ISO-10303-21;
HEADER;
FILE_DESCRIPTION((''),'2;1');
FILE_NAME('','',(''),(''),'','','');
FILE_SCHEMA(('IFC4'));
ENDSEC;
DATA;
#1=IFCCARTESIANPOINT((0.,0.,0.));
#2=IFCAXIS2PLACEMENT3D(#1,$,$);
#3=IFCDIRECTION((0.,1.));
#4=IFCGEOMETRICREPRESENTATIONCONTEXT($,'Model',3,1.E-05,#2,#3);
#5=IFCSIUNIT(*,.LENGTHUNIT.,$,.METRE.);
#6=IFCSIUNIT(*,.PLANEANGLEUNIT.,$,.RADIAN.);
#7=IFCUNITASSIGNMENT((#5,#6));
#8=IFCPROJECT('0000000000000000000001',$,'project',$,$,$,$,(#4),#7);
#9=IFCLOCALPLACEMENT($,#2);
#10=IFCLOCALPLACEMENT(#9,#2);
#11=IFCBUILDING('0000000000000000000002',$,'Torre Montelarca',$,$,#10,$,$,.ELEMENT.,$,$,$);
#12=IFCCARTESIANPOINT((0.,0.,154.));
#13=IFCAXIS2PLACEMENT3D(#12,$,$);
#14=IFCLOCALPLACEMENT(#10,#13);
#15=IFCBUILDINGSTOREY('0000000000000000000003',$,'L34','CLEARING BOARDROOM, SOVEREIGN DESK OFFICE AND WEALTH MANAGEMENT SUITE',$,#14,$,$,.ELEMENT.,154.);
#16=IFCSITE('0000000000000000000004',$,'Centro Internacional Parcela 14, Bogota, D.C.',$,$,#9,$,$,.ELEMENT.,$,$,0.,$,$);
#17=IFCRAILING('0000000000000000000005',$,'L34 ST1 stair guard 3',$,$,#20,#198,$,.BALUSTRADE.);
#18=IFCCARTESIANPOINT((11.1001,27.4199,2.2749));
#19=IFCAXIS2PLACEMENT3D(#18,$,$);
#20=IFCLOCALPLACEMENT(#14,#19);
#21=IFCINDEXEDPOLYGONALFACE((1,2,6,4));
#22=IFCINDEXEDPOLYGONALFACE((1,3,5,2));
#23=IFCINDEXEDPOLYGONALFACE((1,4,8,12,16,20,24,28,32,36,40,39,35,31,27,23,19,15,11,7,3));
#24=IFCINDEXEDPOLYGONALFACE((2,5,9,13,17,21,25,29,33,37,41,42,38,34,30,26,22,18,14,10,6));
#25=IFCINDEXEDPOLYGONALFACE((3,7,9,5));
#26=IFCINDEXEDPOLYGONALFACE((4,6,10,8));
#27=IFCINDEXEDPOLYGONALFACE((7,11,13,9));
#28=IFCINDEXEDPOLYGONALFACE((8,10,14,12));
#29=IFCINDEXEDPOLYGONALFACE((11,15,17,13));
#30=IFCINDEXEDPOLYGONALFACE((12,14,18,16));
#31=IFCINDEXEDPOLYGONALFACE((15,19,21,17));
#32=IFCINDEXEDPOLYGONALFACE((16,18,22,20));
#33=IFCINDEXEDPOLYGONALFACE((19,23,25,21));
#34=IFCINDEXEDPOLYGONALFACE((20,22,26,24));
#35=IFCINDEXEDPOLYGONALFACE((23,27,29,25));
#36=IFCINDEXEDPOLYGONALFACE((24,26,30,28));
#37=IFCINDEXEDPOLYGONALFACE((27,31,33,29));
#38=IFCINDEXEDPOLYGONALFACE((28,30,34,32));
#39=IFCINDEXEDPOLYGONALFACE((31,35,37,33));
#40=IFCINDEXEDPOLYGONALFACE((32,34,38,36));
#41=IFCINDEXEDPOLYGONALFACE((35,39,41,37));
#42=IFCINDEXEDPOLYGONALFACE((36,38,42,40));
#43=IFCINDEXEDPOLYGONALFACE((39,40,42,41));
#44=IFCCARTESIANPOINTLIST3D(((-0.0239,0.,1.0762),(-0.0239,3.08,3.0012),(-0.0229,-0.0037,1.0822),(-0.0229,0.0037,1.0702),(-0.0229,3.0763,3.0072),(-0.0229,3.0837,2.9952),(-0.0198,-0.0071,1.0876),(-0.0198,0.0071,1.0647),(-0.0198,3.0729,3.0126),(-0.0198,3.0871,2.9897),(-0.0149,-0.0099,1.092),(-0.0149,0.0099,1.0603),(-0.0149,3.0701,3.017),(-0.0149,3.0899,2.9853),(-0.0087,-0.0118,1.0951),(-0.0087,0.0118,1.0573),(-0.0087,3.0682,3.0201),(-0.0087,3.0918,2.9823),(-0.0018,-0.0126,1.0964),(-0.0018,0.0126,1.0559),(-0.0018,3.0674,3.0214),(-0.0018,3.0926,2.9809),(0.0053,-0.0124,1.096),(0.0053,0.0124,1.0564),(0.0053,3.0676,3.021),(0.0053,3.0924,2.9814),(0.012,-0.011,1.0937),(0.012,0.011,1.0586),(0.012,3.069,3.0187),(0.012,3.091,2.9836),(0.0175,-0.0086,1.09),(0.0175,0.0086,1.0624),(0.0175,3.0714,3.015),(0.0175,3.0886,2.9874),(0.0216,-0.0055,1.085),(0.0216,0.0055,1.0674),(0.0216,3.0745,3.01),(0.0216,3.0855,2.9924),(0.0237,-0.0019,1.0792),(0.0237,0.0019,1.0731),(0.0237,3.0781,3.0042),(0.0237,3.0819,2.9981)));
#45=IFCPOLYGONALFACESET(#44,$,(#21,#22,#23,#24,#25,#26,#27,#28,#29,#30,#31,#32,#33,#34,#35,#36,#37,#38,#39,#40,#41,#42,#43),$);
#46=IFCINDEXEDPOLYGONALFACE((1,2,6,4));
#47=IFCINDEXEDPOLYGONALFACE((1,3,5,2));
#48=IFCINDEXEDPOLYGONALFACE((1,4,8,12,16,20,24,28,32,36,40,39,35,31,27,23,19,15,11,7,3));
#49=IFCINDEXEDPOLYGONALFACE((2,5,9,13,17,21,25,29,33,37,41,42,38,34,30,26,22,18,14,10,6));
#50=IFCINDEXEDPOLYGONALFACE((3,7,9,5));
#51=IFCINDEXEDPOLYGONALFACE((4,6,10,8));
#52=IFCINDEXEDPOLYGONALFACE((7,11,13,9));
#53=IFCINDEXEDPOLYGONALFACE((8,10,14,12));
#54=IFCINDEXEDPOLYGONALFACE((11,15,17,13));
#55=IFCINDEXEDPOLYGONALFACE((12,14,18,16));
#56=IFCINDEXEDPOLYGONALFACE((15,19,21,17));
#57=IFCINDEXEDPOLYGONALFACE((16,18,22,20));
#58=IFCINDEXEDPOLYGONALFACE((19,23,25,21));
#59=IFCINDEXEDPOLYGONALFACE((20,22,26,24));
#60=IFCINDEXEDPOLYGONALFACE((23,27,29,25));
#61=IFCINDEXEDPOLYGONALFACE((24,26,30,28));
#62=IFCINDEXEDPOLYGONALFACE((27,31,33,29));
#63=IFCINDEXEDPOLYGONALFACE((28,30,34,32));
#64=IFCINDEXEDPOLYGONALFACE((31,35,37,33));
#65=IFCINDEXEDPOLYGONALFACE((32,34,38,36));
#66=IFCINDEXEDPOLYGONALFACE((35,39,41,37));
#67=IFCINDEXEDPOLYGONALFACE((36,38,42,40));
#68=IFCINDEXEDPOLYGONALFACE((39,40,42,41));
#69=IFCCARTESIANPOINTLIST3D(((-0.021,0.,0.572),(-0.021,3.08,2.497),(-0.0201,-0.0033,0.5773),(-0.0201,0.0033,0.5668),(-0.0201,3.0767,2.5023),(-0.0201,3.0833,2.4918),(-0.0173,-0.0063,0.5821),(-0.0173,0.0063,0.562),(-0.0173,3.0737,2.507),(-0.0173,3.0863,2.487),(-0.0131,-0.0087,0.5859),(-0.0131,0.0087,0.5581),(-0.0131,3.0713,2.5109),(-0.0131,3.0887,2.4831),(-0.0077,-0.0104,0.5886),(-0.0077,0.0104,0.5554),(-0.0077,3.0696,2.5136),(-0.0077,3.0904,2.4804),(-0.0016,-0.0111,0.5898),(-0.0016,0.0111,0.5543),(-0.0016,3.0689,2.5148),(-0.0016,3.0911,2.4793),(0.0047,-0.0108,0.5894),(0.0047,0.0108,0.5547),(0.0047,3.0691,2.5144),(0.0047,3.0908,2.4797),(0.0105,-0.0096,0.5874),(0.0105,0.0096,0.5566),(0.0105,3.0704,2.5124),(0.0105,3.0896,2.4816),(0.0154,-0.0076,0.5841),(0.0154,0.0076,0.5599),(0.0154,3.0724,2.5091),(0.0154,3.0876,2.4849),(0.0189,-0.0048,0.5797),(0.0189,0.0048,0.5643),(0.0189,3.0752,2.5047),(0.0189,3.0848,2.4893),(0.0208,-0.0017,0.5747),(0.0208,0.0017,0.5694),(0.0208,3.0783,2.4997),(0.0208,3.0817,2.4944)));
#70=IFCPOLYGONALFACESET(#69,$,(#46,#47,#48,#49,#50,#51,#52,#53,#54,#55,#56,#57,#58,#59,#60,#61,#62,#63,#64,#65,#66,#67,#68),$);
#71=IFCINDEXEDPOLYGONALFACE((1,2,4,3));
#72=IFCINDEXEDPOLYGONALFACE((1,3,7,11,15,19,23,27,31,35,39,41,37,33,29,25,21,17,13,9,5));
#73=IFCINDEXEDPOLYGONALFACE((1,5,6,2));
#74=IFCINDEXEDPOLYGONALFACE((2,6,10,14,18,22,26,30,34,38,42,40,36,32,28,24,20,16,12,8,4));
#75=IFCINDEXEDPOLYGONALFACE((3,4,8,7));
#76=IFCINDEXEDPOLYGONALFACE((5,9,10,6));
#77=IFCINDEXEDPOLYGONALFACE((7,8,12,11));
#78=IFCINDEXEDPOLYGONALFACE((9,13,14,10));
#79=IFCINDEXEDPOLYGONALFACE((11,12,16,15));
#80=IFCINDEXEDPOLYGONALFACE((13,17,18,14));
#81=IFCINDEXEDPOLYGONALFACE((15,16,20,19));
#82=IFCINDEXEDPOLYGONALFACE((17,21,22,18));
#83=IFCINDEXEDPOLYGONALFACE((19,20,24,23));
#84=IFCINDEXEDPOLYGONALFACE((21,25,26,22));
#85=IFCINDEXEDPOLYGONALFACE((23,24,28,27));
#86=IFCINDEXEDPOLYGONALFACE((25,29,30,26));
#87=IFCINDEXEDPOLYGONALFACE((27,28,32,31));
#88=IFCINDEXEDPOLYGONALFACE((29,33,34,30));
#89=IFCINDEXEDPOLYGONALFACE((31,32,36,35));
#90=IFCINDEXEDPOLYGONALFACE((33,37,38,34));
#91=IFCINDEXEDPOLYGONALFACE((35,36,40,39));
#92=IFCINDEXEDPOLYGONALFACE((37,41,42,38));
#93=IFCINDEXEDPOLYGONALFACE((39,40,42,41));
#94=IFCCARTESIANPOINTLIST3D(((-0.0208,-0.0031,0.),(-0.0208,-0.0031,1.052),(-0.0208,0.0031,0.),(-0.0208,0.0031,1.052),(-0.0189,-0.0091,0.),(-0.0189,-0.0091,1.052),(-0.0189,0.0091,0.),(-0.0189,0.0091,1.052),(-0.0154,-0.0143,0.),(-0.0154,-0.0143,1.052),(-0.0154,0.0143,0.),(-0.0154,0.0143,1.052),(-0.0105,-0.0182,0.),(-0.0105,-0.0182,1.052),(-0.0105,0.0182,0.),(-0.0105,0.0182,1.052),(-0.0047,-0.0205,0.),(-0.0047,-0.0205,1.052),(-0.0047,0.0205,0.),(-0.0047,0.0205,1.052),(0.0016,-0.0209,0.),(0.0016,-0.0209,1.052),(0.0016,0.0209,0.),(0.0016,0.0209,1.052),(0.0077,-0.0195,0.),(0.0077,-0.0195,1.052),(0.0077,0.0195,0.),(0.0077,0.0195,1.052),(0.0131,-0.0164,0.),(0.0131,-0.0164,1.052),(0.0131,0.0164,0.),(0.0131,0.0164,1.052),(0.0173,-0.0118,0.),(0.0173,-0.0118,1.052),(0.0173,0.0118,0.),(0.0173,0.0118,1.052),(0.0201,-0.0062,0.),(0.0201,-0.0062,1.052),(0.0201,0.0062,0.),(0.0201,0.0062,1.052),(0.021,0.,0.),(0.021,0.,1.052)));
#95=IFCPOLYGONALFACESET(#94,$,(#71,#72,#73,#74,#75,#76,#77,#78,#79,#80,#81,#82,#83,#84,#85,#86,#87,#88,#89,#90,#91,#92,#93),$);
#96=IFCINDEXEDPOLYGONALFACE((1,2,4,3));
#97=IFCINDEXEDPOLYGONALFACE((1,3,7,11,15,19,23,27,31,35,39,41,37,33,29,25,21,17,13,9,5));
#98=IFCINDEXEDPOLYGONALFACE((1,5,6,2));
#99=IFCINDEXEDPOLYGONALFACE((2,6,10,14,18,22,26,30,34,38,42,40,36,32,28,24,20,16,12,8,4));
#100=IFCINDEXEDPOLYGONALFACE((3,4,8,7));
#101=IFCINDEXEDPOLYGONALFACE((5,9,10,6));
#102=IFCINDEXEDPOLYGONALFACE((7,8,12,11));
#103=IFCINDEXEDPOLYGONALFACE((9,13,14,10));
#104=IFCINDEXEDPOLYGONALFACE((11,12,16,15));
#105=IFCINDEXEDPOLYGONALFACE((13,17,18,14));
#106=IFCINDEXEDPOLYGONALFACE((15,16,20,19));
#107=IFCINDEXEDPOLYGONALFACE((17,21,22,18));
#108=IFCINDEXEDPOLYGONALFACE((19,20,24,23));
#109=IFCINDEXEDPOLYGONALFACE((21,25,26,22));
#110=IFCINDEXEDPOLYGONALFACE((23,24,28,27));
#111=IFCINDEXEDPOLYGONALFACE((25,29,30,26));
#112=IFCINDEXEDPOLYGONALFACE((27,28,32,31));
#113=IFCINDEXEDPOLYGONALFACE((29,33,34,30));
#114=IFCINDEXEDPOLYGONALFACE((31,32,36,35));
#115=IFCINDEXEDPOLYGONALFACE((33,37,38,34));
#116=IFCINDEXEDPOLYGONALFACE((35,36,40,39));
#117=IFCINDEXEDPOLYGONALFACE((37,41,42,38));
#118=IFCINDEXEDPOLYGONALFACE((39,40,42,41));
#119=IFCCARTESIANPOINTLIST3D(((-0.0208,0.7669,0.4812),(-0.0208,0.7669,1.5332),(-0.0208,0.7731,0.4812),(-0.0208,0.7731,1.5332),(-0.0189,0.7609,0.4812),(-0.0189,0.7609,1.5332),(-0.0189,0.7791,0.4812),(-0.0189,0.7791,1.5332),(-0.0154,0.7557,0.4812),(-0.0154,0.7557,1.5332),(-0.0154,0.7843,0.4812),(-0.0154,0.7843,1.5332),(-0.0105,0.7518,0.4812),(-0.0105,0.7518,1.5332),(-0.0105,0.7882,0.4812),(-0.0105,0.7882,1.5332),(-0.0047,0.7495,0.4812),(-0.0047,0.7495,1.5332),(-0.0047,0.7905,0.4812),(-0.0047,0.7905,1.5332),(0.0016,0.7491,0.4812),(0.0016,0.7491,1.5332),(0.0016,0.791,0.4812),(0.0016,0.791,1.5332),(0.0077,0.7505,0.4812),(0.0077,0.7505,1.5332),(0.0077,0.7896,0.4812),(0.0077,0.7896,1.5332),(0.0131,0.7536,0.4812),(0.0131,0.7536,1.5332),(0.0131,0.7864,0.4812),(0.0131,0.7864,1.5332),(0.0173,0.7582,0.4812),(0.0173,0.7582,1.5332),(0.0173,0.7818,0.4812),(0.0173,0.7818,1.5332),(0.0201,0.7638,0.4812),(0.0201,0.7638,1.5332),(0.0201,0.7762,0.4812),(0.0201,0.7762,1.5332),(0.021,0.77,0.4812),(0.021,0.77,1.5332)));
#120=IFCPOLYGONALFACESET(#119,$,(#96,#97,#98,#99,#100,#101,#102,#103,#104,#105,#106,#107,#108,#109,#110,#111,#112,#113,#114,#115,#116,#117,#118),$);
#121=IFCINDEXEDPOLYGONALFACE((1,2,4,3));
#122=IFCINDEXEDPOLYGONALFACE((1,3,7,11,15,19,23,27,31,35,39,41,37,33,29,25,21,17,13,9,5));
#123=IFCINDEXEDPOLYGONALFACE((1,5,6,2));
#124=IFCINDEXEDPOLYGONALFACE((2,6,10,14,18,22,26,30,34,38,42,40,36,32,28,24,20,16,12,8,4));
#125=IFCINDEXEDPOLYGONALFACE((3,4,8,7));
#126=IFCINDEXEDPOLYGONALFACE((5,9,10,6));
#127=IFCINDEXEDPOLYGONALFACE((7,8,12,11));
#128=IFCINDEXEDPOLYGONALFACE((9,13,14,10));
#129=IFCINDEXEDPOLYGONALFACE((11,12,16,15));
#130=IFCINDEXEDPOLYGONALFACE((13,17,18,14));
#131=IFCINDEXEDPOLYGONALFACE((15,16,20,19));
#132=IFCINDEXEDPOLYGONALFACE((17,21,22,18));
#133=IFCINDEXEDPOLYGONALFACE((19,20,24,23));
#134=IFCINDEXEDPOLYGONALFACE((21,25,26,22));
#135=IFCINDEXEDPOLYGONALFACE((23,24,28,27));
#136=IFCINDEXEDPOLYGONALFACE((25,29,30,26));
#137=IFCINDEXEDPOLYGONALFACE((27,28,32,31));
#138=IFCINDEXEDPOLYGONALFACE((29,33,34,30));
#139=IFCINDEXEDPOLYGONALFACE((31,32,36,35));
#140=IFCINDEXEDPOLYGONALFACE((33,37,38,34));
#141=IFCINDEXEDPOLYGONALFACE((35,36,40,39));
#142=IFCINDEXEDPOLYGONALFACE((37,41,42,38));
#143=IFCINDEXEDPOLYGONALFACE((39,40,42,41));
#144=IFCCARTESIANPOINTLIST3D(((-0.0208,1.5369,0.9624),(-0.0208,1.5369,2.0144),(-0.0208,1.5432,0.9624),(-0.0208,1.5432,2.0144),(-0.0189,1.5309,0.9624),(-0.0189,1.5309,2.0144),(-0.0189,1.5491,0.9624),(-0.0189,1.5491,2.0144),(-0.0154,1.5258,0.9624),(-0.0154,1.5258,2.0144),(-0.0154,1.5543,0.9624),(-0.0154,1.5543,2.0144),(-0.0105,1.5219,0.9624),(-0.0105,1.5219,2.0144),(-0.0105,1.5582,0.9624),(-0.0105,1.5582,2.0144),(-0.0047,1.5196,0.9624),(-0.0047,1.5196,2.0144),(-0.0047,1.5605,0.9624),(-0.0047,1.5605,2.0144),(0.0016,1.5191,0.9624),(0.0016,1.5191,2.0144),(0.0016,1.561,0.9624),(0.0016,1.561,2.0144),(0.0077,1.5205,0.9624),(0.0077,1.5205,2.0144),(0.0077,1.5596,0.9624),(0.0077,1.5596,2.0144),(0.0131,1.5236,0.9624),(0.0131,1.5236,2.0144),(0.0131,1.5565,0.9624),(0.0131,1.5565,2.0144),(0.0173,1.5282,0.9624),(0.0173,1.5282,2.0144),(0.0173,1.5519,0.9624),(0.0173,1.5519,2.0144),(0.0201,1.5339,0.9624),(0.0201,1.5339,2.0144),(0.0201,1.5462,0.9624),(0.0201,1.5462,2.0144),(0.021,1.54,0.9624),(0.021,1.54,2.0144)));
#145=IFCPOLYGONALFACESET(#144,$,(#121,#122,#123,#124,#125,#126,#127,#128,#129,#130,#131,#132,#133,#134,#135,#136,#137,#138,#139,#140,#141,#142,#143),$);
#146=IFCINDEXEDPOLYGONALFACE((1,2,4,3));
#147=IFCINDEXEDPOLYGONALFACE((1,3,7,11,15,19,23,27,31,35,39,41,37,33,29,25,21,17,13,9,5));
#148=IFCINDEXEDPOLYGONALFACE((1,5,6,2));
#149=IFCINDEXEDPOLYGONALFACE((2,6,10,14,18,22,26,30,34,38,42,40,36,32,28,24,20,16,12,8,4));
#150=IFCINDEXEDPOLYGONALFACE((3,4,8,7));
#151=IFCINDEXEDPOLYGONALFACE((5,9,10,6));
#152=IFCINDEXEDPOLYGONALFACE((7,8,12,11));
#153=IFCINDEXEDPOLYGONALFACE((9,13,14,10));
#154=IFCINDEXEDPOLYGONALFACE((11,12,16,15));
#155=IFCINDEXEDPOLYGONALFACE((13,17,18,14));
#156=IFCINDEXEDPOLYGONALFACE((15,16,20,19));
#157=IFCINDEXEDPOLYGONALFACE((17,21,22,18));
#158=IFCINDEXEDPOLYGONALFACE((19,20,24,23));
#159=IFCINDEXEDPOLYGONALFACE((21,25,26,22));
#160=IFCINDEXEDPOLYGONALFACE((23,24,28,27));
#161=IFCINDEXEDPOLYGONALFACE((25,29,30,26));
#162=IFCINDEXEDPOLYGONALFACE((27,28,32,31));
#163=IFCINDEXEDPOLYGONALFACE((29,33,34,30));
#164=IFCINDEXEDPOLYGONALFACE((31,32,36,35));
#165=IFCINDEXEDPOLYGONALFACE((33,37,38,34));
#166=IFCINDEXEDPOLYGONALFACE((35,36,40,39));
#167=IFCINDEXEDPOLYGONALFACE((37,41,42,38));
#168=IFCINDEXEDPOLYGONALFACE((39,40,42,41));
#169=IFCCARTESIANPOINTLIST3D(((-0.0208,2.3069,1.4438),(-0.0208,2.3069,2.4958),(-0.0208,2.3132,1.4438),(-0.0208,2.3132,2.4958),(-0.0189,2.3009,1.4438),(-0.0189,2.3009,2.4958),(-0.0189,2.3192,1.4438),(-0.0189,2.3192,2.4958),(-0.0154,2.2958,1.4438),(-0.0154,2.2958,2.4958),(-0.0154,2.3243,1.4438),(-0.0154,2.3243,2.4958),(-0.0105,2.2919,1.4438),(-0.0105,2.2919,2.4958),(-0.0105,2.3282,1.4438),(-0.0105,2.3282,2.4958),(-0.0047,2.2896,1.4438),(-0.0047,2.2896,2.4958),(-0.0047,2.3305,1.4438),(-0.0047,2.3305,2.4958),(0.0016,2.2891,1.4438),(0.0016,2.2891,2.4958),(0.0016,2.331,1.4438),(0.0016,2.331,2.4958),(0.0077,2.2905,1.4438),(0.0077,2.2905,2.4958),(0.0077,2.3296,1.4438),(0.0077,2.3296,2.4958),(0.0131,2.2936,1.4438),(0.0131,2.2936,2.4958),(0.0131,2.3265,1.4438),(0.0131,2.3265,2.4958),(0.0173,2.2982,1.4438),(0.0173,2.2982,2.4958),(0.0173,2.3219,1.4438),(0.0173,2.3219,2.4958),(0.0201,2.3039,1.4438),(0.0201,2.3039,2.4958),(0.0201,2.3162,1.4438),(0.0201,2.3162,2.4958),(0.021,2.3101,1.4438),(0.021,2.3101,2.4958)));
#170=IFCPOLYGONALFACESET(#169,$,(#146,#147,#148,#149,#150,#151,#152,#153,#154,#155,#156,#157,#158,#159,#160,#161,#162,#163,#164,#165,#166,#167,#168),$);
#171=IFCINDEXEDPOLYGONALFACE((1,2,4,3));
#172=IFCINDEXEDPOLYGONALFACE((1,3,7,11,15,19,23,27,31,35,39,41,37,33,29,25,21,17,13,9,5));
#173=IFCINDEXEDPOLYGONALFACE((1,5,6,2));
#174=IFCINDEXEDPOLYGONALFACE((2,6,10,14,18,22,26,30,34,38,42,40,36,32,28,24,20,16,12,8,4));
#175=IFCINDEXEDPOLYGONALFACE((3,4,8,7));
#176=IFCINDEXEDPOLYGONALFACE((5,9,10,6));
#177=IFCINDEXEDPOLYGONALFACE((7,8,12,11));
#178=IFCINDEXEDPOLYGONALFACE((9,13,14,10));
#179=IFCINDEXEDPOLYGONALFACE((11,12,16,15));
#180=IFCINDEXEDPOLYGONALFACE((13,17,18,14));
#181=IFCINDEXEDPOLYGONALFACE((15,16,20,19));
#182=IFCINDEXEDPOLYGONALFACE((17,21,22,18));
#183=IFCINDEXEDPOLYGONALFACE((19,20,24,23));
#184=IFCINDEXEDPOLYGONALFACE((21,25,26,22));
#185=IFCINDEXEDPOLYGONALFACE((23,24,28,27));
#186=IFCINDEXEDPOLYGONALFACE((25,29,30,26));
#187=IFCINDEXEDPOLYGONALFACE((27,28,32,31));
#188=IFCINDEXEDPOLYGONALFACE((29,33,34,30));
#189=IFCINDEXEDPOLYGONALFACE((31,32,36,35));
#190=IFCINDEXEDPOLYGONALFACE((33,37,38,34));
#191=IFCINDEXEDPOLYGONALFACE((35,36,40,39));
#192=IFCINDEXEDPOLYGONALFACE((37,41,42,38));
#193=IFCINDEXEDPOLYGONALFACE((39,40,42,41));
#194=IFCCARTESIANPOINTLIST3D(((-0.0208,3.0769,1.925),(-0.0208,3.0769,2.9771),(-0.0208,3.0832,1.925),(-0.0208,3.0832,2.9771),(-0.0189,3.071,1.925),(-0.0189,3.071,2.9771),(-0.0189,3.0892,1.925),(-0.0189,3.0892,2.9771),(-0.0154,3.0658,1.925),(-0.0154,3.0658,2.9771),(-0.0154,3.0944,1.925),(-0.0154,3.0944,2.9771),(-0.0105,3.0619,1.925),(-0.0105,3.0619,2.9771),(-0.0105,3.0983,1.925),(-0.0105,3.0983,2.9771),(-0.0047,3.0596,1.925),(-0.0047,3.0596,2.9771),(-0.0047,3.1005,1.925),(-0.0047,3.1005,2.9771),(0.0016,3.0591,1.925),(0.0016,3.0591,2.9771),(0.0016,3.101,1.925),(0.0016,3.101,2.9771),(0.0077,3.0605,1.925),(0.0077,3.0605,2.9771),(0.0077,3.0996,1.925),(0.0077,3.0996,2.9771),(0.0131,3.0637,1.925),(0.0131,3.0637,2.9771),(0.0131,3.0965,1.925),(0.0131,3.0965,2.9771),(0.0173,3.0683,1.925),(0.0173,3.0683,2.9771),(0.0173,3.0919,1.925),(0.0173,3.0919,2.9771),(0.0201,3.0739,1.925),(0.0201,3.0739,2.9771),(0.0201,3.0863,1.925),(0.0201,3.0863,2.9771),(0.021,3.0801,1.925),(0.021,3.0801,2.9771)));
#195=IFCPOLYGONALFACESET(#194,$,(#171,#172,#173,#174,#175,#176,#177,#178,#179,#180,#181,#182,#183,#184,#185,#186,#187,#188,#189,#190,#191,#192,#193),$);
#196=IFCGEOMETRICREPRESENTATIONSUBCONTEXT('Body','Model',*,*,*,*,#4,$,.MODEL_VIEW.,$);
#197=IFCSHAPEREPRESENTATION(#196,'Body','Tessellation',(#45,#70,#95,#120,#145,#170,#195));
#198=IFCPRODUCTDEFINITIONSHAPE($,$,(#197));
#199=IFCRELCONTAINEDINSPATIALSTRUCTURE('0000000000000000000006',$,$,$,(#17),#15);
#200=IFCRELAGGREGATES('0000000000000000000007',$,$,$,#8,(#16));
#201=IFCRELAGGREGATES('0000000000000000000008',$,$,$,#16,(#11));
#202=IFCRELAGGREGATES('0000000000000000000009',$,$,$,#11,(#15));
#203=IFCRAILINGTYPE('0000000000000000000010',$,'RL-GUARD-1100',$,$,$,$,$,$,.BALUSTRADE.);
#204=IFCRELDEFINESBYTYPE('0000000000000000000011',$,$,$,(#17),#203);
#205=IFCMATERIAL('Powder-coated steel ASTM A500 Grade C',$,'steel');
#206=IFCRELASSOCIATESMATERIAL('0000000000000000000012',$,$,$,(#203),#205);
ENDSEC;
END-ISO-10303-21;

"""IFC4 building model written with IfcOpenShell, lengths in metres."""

from ifc_helpers import new_model, si_unit, direction, frame, origin, origin_2d, place, context, subcontext, project, spatial, circle, extrude, material, type_object, element, save


model = new_model("IFC4")

# Units and contexts
model_context = context("Model", 3, precision=1e-05, world=origin(), true_north=direction((0.0, 1.0)))
body_context = subcontext(model_context, "Body", "Model", "MODEL_VIEW")
ifc_project = project(units=[si_unit("LENGTHUNIT", "METRE"), si_unit("PLANEANGLEUNIT", "RADIAN")], contexts=[model_context])

# Site, building, storey
site_placement = place(None, origin())
site = spatial("IfcSite", under=ifc_project, at=site_placement, Name="Centro Internacional Parcela 14, Bogota, D.C.", CompositionType="ELEMENT", RefElevation=0.0)
building_placement = place(site_placement, origin())
building = spatial("IfcBuilding", under=site, at=building_placement, Name="Torre Montelarca", CompositionType="ELEMENT")
storey_placement = place(building_placement, frame((0.0, 0.0, 154.0)))
storey = spatial("IfcBuildingStorey", under=building, at=storey_placement, Name="L34", Description="CLEARING BOARDROOM, SOVEREIGN DESK OFFICE AND WEALTH MANAGEMENT SUITE", CompositionType="ELEMENT", Elevation=154.0)

# Railing
ifc_material_1 = material(Name="Powder-coated steel ASTM A500 Grade C", Category="steel")
railing_type_1 = type_object("IfcRailingType", Name="RL-GUARD-1100", PredefinedType="BALUSTRADE", material=ifc_material_1)
railing_1_placement = place(storey_placement, frame((11.1001, 27.4199, 2.2749)))
element("IfcRailing", 1, at=railing_1_placement, inside=storey, type_object=railing_type_1, Name="L34 ST1 stair guard 3", PredefinedType="BALUSTRADE", context=body_context, shape_type="SweptSolid", body=[
    extrude(circle(Radius=0.0239, at=origin_2d()), frame((0.0, 0.0, 1.0762), z_axis=(0.0, 0.847998, 0.529999), x_axis=(-1.0, 0.0, 0.0)), (0.0, 0.0, 1.0), 3.6321),
    extrude(circle(Radius=0.021, at=origin_2d()), frame((0.0, 0.0, 0.572), z_axis=(0.0, 0.847998, 0.529999), x_axis=(-1.0, 0.0, 0.0)), (0.0, 0.0, 1.0), 3.6321),
    extrude(circle(Radius=0.021, at=origin_2d()), origin(), (0.0, 0.0, 1.0), 1.052),
    extrude(circle(Radius=0.021, at=origin_2d()), frame((0.0, 0.77, 0.4812)), (0.0, 0.0, 1.0), 1.052),
    extrude(circle(Radius=0.021, at=origin_2d()), frame((0.0, 1.54, 0.9624)), (0.0, 0.0, 1.0), 1.052),
    extrude(circle(Radius=0.021, at=origin_2d()), frame((0.0, 2.3101, 1.4438)), (0.0, 0.0, 1.0), 1.052),
    extrude(circle(Radius=0.021, at=origin_2d()), frame((0.0, 3.0801, 1.925)), (0.0, 0.0, 1.0), 1.052),
])

save(model, "model.ifc")
